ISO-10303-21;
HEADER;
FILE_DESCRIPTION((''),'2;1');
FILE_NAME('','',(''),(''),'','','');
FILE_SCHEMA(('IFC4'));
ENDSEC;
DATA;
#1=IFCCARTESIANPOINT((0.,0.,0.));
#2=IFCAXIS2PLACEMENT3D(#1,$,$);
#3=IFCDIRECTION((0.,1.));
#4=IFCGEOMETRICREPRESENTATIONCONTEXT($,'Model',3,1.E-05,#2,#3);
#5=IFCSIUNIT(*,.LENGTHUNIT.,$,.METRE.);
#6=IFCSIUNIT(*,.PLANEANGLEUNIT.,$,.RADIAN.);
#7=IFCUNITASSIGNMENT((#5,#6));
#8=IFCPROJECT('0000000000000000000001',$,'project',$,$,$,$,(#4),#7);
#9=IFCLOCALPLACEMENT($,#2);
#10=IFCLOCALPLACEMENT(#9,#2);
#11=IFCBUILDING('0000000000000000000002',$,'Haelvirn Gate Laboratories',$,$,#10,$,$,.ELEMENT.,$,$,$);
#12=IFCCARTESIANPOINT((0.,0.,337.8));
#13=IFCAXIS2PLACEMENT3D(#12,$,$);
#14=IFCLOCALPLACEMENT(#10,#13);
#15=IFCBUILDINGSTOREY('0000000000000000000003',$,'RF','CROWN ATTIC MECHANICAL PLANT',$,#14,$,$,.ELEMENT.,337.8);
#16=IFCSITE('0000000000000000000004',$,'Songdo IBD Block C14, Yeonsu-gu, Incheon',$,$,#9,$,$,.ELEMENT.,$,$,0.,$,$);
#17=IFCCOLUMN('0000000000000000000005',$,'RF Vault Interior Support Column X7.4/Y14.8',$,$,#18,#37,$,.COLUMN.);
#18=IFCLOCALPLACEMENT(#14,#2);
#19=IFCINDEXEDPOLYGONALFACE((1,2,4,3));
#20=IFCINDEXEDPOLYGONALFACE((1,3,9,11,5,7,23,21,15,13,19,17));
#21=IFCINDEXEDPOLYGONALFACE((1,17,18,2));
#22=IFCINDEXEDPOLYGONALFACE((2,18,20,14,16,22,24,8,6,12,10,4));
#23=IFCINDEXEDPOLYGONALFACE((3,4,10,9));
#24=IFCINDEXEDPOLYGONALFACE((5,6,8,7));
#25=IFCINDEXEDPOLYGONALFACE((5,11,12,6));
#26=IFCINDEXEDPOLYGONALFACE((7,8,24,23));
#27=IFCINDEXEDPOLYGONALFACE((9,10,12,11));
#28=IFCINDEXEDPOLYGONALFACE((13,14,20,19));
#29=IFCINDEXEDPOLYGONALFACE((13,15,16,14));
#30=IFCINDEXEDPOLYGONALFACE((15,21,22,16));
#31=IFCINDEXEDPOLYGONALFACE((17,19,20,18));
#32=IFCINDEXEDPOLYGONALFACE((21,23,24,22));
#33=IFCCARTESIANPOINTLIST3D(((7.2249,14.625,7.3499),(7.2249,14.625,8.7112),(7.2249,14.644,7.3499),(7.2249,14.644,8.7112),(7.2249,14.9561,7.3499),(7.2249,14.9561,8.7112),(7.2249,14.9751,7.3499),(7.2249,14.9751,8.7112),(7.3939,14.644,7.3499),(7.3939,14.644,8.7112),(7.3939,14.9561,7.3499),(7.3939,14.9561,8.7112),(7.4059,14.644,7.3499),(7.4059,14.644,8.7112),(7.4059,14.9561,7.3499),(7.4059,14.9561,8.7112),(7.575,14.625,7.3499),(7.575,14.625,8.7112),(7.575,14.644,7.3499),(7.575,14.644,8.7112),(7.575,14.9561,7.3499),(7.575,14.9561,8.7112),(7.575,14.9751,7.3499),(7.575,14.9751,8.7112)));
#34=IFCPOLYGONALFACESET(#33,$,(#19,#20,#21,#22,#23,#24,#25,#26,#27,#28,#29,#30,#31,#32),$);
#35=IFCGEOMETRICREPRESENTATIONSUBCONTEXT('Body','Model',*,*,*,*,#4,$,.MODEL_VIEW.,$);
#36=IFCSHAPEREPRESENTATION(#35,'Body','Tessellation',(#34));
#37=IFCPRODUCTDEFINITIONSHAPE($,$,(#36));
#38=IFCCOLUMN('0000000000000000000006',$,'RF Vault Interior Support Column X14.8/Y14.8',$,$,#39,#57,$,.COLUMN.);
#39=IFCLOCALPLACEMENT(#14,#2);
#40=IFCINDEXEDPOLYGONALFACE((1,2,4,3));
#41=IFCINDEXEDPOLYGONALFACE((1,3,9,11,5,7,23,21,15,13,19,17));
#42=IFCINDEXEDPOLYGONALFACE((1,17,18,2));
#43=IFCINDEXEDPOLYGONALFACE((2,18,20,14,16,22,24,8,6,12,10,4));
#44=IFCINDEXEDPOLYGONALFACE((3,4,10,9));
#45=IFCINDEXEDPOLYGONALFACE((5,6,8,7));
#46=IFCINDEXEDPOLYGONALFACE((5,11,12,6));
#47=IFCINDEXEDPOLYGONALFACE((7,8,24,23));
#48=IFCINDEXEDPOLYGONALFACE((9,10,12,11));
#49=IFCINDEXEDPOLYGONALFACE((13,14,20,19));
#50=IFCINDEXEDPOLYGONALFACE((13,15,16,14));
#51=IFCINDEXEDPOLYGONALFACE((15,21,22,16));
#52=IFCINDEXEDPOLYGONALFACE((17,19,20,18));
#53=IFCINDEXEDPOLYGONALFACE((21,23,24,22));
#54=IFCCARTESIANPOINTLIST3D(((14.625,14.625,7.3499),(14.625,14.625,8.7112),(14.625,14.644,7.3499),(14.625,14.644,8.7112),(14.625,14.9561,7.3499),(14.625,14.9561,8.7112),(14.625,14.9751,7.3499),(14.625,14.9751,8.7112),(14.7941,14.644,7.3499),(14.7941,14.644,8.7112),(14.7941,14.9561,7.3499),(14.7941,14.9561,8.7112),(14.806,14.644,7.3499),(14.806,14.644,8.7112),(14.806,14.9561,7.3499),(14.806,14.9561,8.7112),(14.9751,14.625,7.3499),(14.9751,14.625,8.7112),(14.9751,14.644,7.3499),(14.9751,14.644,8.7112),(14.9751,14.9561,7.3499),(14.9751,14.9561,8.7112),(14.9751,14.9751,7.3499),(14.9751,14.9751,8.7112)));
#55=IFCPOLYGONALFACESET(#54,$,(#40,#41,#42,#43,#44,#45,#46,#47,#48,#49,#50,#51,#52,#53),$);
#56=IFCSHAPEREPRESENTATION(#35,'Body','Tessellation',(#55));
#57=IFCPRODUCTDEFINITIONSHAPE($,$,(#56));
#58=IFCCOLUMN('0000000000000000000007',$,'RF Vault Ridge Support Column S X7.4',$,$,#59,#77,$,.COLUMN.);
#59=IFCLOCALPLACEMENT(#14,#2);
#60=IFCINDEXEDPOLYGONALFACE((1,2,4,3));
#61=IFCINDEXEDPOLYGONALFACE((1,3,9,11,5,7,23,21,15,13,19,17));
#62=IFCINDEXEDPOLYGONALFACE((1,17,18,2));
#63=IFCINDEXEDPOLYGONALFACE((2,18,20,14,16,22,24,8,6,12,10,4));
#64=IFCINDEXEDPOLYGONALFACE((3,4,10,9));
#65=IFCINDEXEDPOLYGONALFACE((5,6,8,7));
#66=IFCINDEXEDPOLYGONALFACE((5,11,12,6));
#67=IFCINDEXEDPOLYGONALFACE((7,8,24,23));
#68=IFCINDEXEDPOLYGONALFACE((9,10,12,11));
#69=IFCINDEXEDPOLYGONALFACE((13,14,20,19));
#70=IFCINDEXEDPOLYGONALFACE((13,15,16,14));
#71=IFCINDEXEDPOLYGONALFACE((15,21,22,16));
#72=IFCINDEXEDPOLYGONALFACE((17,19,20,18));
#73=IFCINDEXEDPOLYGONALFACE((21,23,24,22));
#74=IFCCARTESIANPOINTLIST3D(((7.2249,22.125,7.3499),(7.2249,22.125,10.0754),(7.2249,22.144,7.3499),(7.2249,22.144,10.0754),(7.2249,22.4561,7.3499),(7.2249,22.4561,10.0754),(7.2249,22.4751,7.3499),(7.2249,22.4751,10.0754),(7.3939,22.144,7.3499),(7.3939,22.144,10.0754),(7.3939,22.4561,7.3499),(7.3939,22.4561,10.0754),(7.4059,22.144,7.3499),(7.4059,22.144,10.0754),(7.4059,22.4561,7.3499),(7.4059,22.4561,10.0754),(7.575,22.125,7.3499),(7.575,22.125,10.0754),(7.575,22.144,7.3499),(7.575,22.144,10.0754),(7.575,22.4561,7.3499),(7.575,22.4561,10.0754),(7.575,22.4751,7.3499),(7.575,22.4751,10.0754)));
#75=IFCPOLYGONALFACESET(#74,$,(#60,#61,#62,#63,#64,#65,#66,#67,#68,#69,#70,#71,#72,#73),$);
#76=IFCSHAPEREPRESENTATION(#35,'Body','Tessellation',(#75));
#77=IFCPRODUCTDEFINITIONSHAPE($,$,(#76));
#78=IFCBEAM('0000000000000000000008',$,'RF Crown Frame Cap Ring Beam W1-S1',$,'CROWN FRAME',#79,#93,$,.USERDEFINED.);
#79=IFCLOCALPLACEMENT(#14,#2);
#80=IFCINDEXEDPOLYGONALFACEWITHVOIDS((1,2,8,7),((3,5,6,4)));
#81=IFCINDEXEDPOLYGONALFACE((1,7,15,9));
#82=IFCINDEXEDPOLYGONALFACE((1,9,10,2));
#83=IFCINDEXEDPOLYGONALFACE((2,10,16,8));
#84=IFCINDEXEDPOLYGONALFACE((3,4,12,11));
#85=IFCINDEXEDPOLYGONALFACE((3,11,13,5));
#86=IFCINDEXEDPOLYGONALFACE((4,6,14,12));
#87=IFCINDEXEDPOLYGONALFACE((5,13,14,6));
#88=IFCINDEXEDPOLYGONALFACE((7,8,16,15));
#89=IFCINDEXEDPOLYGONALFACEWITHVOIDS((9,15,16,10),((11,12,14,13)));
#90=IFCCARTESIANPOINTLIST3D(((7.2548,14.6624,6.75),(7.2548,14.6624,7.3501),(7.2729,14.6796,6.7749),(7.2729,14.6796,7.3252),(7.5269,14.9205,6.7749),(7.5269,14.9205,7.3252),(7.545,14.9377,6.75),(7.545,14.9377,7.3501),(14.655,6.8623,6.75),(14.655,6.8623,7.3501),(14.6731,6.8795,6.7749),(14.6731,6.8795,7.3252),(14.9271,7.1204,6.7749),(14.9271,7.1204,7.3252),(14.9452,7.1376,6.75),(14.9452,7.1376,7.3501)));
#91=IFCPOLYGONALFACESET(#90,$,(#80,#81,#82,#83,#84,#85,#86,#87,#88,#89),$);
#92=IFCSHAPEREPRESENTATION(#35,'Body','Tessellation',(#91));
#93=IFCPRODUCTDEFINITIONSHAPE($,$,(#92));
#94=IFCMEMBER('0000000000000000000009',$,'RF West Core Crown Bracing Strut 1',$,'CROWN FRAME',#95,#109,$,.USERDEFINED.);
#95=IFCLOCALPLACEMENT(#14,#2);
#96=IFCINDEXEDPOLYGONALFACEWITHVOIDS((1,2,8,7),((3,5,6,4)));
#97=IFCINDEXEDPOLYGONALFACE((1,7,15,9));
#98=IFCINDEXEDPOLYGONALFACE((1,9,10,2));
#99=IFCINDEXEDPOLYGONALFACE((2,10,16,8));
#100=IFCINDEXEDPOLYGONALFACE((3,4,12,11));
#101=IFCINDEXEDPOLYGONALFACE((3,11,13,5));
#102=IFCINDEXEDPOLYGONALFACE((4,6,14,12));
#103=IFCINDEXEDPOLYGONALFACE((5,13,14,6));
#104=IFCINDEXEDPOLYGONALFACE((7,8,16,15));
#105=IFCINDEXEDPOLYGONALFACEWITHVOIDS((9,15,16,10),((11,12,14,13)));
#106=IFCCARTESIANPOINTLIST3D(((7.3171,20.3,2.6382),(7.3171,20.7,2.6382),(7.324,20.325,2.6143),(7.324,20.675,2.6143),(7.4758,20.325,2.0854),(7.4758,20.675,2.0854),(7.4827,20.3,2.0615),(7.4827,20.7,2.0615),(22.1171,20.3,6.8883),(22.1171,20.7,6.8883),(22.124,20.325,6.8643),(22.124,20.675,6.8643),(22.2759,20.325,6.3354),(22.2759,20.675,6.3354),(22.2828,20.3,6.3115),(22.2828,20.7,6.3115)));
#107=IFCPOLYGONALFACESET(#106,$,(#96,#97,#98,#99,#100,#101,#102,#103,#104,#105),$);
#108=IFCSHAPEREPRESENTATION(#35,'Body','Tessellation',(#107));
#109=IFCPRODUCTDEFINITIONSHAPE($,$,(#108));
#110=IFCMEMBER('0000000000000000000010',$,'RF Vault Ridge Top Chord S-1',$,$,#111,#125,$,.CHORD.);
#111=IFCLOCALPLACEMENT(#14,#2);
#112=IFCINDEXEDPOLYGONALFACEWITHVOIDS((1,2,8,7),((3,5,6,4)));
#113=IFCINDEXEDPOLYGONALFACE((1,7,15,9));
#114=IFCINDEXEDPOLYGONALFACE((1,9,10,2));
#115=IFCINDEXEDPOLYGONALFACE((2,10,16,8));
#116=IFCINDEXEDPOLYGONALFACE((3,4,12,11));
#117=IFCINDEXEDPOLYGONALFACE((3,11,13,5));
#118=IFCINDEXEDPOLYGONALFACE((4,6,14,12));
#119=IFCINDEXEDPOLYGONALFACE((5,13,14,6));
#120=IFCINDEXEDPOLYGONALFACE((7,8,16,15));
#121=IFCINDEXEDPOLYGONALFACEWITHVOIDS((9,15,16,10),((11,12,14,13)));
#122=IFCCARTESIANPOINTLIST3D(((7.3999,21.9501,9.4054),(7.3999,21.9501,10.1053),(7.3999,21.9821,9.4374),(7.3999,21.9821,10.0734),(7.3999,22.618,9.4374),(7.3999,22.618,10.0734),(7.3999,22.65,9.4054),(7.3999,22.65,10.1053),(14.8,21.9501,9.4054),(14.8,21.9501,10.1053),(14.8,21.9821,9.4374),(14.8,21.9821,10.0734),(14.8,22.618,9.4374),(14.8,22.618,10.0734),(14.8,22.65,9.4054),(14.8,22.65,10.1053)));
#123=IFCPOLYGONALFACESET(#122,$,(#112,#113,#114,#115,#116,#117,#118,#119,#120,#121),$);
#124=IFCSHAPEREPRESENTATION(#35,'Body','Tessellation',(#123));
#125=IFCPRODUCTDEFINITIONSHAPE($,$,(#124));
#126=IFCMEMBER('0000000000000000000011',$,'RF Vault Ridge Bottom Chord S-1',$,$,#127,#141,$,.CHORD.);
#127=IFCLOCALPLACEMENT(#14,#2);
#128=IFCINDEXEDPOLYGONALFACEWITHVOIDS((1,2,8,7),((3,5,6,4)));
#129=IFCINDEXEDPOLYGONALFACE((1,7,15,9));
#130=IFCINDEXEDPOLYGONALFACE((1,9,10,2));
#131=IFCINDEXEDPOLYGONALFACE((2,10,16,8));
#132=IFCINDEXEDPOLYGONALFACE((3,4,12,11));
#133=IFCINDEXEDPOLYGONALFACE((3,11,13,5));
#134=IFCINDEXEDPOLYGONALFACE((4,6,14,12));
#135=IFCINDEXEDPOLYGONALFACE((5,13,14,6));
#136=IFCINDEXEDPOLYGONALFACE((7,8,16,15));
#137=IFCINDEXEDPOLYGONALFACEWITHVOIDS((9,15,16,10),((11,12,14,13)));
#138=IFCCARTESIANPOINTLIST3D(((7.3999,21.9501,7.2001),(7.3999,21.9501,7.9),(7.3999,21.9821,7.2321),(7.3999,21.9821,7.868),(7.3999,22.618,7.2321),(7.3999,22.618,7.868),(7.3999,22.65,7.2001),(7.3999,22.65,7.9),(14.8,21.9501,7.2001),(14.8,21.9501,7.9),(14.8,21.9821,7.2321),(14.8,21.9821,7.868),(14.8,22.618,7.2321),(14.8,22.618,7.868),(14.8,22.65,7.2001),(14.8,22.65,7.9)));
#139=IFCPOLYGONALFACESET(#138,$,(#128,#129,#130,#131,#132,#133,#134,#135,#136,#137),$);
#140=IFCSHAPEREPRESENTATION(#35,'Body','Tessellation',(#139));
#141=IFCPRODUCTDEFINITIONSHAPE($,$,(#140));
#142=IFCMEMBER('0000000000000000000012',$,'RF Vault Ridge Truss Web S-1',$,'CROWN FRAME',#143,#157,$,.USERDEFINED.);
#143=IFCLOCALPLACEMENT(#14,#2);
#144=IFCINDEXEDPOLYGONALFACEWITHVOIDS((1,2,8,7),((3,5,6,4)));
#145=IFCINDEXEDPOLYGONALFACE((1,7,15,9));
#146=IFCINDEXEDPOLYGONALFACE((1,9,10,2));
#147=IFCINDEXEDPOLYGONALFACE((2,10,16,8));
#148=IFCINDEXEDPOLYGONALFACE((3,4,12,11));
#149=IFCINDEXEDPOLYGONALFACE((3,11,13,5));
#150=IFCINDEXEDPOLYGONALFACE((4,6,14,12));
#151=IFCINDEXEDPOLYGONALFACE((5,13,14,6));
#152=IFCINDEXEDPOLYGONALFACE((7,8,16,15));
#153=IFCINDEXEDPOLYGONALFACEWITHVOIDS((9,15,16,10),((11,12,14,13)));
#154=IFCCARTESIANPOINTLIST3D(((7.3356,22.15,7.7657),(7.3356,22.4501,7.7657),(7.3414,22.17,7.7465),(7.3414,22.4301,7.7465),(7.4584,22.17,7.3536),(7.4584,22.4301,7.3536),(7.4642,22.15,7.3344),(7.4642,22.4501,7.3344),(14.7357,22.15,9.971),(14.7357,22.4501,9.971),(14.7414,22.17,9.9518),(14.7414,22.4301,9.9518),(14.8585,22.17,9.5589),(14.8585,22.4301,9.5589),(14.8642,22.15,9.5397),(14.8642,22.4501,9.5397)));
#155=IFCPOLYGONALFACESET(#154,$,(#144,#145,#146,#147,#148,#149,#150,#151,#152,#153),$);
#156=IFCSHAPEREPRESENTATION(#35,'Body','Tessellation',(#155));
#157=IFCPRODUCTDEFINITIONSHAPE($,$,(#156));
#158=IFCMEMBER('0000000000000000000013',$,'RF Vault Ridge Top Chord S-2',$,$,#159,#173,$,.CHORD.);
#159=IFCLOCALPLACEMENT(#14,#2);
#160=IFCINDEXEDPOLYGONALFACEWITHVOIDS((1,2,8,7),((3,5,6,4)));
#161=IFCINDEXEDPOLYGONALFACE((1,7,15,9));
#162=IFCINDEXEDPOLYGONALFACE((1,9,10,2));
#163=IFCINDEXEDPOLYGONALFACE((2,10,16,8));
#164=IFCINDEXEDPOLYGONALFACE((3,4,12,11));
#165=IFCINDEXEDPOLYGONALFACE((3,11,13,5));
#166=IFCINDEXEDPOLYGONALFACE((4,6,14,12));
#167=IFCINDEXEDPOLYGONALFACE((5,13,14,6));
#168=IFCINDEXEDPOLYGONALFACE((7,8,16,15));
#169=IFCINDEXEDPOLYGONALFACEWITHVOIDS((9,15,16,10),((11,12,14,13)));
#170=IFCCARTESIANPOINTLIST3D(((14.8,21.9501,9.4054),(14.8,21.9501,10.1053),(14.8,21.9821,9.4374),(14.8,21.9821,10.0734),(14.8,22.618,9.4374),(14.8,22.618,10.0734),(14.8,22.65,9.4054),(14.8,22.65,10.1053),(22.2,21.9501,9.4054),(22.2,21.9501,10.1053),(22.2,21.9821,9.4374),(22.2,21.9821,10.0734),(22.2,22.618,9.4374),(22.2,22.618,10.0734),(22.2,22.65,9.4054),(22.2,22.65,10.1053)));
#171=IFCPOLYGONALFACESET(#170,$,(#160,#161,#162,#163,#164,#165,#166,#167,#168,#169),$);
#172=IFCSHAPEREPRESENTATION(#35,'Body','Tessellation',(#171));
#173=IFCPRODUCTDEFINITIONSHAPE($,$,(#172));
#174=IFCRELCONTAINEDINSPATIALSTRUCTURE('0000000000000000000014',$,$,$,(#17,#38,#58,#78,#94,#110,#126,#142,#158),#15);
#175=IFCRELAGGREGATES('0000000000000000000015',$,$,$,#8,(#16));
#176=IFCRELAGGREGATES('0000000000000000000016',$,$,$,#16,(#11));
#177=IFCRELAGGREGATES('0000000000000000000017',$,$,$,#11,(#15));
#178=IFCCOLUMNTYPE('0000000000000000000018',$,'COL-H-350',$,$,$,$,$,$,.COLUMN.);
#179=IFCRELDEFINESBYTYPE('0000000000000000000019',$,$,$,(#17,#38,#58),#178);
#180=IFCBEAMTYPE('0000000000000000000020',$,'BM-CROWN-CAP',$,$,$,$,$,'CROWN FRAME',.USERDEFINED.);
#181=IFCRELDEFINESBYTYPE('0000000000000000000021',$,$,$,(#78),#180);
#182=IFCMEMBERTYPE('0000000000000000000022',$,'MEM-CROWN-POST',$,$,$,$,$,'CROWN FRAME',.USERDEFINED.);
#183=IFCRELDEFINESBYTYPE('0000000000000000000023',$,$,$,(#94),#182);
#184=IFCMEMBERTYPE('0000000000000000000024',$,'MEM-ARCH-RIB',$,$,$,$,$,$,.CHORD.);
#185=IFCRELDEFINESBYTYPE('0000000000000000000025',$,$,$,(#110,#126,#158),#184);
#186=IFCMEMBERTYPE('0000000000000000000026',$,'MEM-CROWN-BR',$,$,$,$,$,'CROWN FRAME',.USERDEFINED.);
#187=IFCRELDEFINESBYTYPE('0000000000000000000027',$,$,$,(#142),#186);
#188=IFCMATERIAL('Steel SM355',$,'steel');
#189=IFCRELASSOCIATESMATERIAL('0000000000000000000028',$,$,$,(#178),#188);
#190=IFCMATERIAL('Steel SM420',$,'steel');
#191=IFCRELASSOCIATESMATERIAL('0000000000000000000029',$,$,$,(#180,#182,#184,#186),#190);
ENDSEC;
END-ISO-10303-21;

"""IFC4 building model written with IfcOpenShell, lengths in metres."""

from ifc_helpers import new_model, si_unit, direction, frame, origin, origin_2d, place, context, subcontext, project, spatial, hollow_rectangle, i_section, extrude, source, transform, mapped, material, material_profile, profile_set, type_object, type_shapes, element, save


model = new_model("IFC4")

# Units and contexts
model_context = context("Model", 3, precision=1e-05, world=origin(), true_north=direction((0.0, 1.0)))
body_context = subcontext(model_context, "Body", "Model", "MODEL_VIEW")
ifc_project = project(units=[si_unit("LENGTHUNIT", "METRE"), si_unit("PLANEANGLEUNIT", "RADIAN")], contexts=[model_context])

# Site, building, storey
site_placement = place(None, origin())
site = spatial("IfcSite", under=ifc_project, at=site_placement, Name="Songdo IBD Block C14, Yeonsu-gu, Incheon", CompositionType="ELEMENT", RefElevation=0.0)
building_placement = place(site_placement, origin())
building = spatial("IfcBuilding", under=site, at=building_placement, Name="Haelvirn Gate Laboratories", CompositionType="ELEMENT")
storey_placement = place(building_placement, frame((0.0, 0.0, 337.8)))
storey = spatial("IfcBuildingStorey", under=building, at=storey_placement, Name="RF", Description="CROWN ATTIC MECHANICAL PLANT", CompositionType="ELEMENT", Elevation=337.8)

# Columns
ifc_material_1 = material(Name="Steel SM355", Category="steel")
ifc_material_profile_1 = material_profile(ifc_material_1, i_section(OverallWidth=0.3501, OverallDepth=0.3501, WebThickness=0.012, FlangeThickness=0.019, at=origin_2d()), Name="H-350x350x12x19")
ifc_profile_set_1 = profile_set([ifc_material_profile_1], Name="Steel SM355")
column_type = type_object("IfcColumnType", Name="COL-H-350", PredefinedType="COLUMN", material=ifc_profile_set_1)
shared_shape_1 = source(origin(), body_context, "Body", "SweptSolid", [
    extrude(i_section(OverallWidth=0.3501, OverallDepth=0.3501, WebThickness=0.012, FlangeThickness=0.019, at=origin_2d()), origin(), (0.0, 0.0, 1.0), 1.3613),
])
for number, where, z_axis, x_axis, name in (
    (1, (7.3999, 14.8, 7.3499), (0.0, 0.0, 1.0), (1.0, 0.0, 0.0), "RF Vault Interior Support Column X7.4/Y14.8"),
    (2, (14.8, 14.8, 7.3499), (0.0, 0.0, 1.0), (1.0, 0.0, 0.0), "RF Vault Interior Support Column X14.8/Y14.8"),
):
    element("IfcColumn", number, at=place(storey_placement, frame(where, z_axis=z_axis, x_axis=x_axis)), inside=storey, type_object=column_type, Name=name, PredefinedType="COLUMN", context=body_context, shape_type="MappedRepresentation", body=[
        mapped(shared_shape_1, transform((0.0, 0.0, 0.0), scale=1.0)),
    ])
shared_shape_2 = source(origin(), body_context, "Body", "SweptSolid", [
    extrude(i_section(OverallWidth=0.3501, OverallDepth=0.3501, WebThickness=0.012, FlangeThickness=0.019, at=origin_2d()), origin(), (0.0, 0.0, 1.0), 2.7256),
])
type_shapes(column_type, [shared_shape_1, shared_shape_2])
column_placement = place(storey_placement, frame((7.3999, 22.3, 7.3499), z_axis=(0.0, 0.0, 1.0), x_axis=(1.0, 0.0, 0.0)))
element("IfcColumn", 3, at=column_placement, inside=storey, type_object=column_type, Name="RF Vault Ridge Support Column S X7.4", PredefinedType="COLUMN", context=body_context, shape_type="MappedRepresentation", body=[
    mapped(shared_shape_2, transform((0.0, 0.0, 0.0), scale=1.0)),
])

# Beam
ifc_material_2 = material(Name="Steel SM420", Category="steel")
ifc_material_profile_2 = material_profile(ifc_material_2, hollow_rectangle(XDim=0.3999, YDim=0.6001, WallThickness=0.0249, at=origin_2d()), Name="BOX-600x400x25")
ifc_profile_set_2 = profile_set([ifc_material_profile_2], Name="Steel SM420")
beam_type = type_object("IfcBeamType", Name="BM-CROWN-CAP", ElementType="CROWN FRAME", PredefinedType="USERDEFINED", material=ifc_profile_set_2)
shared_shape_3 = source(origin(), body_context, "Body", "SweptSolid", [
    extrude(hollow_rectangle(XDim=0.3999, YDim=0.6001, WallThickness=0.0249, at=origin_2d()), origin(), (0.0, 0.0, 1.0), 10.752),
])
type_shapes(beam_type, [shared_shape_3])
beam_placement = place(storey_placement, frame((7.3999, 14.8, 7.05), z_axis=(0.688265, -0.725459, 0.0), x_axis=(0.725459, 0.688265, 0.0)))
element("IfcBeam", 4, at=beam_placement, inside=storey, type_object=beam_type, Name="RF Crown Frame Cap Ring Beam W1-S1", ObjectType="CROWN FRAME", PredefinedType="USERDEFINED", context=body_context, shape_type="MappedRepresentation", body=[
    mapped(shared_shape_3, transform((0.0, 0.0, 0.0), scale=1.0)),
])

# Members
ifc_material_profile_3 = material_profile(ifc_material_2, hollow_rectangle(XDim=0.3999, YDim=0.6001, WallThickness=0.0249, at=origin_2d()), Name="BOX-600x400x25")
ifc_profile_set_3 = profile_set([ifc_material_profile_3], Name="Steel SM420")
member_type_1 = type_object("IfcMemberType", Name="MEM-CROWN-POST", ElementType="CROWN FRAME", PredefinedType="USERDEFINED", material=ifc_profile_set_3)
shared_shape_4 = source(origin(), body_context, "Body", "SweptSolid", [
    extrude(hollow_rectangle(XDim=0.3999, YDim=0.6001, WallThickness=0.0249, at=origin_2d()), origin(), (0.0, 0.0, 1.0), 15.3982),
])
type_shapes(member_type_1, [shared_shape_4])
member_1_placement = place(storey_placement, frame((7.3999, 20.5, 2.3499), z_axis=(0.961156, 0.0, 0.276007), x_axis=(0.0, 1.0, 0.0)))
element("IfcMember", 5, at=member_1_placement, inside=storey, type_object=member_type_1, Name="RF West Core Crown Bracing Strut 1", ObjectType="CROWN FRAME", PredefinedType="USERDEFINED", context=body_context, shape_type="MappedRepresentation", body=[
    mapped(shared_shape_4, transform((0.0, 0.0, 0.0), scale=1.0)),
])
ifc_material_profile_4 = material_profile(ifc_material_2, hollow_rectangle(XDim=0.7, YDim=0.7, WallThickness=0.032, at=origin_2d()), Name="BOX-700x700x32")
ifc_profile_set_4 = profile_set([ifc_material_profile_4], Name="Steel SM420")
member_type_2 = type_object("IfcMemberType", Name="MEM-ARCH-RIB", PredefinedType="CHORD", material=ifc_profile_set_4)
shared_shape_5 = source(origin(), body_context, "Body", "SweptSolid", [
    extrude(hollow_rectangle(XDim=0.7, YDim=0.7, WallThickness=0.032, at=origin_2d()), origin(), (0.0, 0.0, 1.0), 7.4001),
])
for number, where, z_axis, x_axis, name in (
    (6, (7.3999, 22.3, 9.7554), (1.0, 0.0, 0.0), (0.0, 1.0, 0.0), "RF Vault Ridge Top Chord S-1"),
    (7, (7.3999, 22.3, 7.55), (1.0, 0.0, 0.0), (0.0, 1.0, 0.0), "RF Vault Ridge Bottom Chord S-1"),
):
    element("IfcMember", number, at=place(storey_placement, frame(where, z_axis=z_axis, x_axis=x_axis)), inside=storey, type_object=member_type_2, Name=name, PredefinedType="CHORD", context=body_context, shape_type="MappedRepresentation", body=[
        mapped(shared_shape_5, transform((0.0, 0.0, 0.0), scale=1.0)),
    ])
ifc_material_profile_5 = material_profile(ifc_material_2, hollow_rectangle(XDim=0.3, YDim=0.45, WallThickness=0.02, at=origin_2d()), Name="BOX-450x300x20")
ifc_profile_set_5 = profile_set([ifc_material_profile_5], Name="Steel SM420")
member_type_3 = type_object("IfcMemberType", Name="MEM-CROWN-BR", ElementType="CROWN FRAME", PredefinedType="USERDEFINED", material=ifc_profile_set_5)
shared_shape_6 = source(origin(), body_context, "Body", "SweptSolid", [
    extrude(hollow_rectangle(XDim=0.3, YDim=0.45, WallThickness=0.02, at=origin_2d()), origin(), (0.0, 0.0, 1.0), 7.7217),
])
type_shapes(member_type_3, [shared_shape_6])
member_2_placement = place(storey_placement, frame((7.3999, 22.3, 7.55), z_axis=(0.958349, 0.0, 0.285598), x_axis=(0.0, 1.0, 0.0)))
element("IfcMember", 8, at=member_2_placement, inside=storey, type_object=member_type_3, Name="RF Vault Ridge Truss Web S-1", ObjectType="CROWN FRAME", PredefinedType="USERDEFINED", context=body_context, shape_type="MappedRepresentation", body=[
    mapped(shared_shape_6, transform((0.0, 0.0, 0.0), scale=1.0)),
])
shared_shape_7 = source(origin(), body_context, "Body", "SweptSolid", [
    extrude(hollow_rectangle(XDim=0.7, YDim=0.7, WallThickness=0.032, at=origin_2d()), origin(), (0.0, 0.0, 1.0), 7.3999),
])
type_shapes(member_type_2, [shared_shape_5, shared_shape_7])
for number, where, z_axis, x_axis, name in (
    (9, (14.8, 22.3, 9.7554), (1.0, 0.0, 0.0), (0.0, 1.0, 0.0), "RF Vault Ridge Top Chord S-2"),
):
    element("IfcMember", number, at=place(storey_placement, frame(where, z_axis=z_axis, x_axis=x_axis)), inside=storey, type_object=member_type_2, Name=name, PredefinedType="CHORD", context=body_context, shape_type="MappedRepresentation", body=[
        mapped(shared_shape_7, transform((0.0, 0.0, 0.0), scale=1.0)),
    ])

save(model, "model.ifc")
